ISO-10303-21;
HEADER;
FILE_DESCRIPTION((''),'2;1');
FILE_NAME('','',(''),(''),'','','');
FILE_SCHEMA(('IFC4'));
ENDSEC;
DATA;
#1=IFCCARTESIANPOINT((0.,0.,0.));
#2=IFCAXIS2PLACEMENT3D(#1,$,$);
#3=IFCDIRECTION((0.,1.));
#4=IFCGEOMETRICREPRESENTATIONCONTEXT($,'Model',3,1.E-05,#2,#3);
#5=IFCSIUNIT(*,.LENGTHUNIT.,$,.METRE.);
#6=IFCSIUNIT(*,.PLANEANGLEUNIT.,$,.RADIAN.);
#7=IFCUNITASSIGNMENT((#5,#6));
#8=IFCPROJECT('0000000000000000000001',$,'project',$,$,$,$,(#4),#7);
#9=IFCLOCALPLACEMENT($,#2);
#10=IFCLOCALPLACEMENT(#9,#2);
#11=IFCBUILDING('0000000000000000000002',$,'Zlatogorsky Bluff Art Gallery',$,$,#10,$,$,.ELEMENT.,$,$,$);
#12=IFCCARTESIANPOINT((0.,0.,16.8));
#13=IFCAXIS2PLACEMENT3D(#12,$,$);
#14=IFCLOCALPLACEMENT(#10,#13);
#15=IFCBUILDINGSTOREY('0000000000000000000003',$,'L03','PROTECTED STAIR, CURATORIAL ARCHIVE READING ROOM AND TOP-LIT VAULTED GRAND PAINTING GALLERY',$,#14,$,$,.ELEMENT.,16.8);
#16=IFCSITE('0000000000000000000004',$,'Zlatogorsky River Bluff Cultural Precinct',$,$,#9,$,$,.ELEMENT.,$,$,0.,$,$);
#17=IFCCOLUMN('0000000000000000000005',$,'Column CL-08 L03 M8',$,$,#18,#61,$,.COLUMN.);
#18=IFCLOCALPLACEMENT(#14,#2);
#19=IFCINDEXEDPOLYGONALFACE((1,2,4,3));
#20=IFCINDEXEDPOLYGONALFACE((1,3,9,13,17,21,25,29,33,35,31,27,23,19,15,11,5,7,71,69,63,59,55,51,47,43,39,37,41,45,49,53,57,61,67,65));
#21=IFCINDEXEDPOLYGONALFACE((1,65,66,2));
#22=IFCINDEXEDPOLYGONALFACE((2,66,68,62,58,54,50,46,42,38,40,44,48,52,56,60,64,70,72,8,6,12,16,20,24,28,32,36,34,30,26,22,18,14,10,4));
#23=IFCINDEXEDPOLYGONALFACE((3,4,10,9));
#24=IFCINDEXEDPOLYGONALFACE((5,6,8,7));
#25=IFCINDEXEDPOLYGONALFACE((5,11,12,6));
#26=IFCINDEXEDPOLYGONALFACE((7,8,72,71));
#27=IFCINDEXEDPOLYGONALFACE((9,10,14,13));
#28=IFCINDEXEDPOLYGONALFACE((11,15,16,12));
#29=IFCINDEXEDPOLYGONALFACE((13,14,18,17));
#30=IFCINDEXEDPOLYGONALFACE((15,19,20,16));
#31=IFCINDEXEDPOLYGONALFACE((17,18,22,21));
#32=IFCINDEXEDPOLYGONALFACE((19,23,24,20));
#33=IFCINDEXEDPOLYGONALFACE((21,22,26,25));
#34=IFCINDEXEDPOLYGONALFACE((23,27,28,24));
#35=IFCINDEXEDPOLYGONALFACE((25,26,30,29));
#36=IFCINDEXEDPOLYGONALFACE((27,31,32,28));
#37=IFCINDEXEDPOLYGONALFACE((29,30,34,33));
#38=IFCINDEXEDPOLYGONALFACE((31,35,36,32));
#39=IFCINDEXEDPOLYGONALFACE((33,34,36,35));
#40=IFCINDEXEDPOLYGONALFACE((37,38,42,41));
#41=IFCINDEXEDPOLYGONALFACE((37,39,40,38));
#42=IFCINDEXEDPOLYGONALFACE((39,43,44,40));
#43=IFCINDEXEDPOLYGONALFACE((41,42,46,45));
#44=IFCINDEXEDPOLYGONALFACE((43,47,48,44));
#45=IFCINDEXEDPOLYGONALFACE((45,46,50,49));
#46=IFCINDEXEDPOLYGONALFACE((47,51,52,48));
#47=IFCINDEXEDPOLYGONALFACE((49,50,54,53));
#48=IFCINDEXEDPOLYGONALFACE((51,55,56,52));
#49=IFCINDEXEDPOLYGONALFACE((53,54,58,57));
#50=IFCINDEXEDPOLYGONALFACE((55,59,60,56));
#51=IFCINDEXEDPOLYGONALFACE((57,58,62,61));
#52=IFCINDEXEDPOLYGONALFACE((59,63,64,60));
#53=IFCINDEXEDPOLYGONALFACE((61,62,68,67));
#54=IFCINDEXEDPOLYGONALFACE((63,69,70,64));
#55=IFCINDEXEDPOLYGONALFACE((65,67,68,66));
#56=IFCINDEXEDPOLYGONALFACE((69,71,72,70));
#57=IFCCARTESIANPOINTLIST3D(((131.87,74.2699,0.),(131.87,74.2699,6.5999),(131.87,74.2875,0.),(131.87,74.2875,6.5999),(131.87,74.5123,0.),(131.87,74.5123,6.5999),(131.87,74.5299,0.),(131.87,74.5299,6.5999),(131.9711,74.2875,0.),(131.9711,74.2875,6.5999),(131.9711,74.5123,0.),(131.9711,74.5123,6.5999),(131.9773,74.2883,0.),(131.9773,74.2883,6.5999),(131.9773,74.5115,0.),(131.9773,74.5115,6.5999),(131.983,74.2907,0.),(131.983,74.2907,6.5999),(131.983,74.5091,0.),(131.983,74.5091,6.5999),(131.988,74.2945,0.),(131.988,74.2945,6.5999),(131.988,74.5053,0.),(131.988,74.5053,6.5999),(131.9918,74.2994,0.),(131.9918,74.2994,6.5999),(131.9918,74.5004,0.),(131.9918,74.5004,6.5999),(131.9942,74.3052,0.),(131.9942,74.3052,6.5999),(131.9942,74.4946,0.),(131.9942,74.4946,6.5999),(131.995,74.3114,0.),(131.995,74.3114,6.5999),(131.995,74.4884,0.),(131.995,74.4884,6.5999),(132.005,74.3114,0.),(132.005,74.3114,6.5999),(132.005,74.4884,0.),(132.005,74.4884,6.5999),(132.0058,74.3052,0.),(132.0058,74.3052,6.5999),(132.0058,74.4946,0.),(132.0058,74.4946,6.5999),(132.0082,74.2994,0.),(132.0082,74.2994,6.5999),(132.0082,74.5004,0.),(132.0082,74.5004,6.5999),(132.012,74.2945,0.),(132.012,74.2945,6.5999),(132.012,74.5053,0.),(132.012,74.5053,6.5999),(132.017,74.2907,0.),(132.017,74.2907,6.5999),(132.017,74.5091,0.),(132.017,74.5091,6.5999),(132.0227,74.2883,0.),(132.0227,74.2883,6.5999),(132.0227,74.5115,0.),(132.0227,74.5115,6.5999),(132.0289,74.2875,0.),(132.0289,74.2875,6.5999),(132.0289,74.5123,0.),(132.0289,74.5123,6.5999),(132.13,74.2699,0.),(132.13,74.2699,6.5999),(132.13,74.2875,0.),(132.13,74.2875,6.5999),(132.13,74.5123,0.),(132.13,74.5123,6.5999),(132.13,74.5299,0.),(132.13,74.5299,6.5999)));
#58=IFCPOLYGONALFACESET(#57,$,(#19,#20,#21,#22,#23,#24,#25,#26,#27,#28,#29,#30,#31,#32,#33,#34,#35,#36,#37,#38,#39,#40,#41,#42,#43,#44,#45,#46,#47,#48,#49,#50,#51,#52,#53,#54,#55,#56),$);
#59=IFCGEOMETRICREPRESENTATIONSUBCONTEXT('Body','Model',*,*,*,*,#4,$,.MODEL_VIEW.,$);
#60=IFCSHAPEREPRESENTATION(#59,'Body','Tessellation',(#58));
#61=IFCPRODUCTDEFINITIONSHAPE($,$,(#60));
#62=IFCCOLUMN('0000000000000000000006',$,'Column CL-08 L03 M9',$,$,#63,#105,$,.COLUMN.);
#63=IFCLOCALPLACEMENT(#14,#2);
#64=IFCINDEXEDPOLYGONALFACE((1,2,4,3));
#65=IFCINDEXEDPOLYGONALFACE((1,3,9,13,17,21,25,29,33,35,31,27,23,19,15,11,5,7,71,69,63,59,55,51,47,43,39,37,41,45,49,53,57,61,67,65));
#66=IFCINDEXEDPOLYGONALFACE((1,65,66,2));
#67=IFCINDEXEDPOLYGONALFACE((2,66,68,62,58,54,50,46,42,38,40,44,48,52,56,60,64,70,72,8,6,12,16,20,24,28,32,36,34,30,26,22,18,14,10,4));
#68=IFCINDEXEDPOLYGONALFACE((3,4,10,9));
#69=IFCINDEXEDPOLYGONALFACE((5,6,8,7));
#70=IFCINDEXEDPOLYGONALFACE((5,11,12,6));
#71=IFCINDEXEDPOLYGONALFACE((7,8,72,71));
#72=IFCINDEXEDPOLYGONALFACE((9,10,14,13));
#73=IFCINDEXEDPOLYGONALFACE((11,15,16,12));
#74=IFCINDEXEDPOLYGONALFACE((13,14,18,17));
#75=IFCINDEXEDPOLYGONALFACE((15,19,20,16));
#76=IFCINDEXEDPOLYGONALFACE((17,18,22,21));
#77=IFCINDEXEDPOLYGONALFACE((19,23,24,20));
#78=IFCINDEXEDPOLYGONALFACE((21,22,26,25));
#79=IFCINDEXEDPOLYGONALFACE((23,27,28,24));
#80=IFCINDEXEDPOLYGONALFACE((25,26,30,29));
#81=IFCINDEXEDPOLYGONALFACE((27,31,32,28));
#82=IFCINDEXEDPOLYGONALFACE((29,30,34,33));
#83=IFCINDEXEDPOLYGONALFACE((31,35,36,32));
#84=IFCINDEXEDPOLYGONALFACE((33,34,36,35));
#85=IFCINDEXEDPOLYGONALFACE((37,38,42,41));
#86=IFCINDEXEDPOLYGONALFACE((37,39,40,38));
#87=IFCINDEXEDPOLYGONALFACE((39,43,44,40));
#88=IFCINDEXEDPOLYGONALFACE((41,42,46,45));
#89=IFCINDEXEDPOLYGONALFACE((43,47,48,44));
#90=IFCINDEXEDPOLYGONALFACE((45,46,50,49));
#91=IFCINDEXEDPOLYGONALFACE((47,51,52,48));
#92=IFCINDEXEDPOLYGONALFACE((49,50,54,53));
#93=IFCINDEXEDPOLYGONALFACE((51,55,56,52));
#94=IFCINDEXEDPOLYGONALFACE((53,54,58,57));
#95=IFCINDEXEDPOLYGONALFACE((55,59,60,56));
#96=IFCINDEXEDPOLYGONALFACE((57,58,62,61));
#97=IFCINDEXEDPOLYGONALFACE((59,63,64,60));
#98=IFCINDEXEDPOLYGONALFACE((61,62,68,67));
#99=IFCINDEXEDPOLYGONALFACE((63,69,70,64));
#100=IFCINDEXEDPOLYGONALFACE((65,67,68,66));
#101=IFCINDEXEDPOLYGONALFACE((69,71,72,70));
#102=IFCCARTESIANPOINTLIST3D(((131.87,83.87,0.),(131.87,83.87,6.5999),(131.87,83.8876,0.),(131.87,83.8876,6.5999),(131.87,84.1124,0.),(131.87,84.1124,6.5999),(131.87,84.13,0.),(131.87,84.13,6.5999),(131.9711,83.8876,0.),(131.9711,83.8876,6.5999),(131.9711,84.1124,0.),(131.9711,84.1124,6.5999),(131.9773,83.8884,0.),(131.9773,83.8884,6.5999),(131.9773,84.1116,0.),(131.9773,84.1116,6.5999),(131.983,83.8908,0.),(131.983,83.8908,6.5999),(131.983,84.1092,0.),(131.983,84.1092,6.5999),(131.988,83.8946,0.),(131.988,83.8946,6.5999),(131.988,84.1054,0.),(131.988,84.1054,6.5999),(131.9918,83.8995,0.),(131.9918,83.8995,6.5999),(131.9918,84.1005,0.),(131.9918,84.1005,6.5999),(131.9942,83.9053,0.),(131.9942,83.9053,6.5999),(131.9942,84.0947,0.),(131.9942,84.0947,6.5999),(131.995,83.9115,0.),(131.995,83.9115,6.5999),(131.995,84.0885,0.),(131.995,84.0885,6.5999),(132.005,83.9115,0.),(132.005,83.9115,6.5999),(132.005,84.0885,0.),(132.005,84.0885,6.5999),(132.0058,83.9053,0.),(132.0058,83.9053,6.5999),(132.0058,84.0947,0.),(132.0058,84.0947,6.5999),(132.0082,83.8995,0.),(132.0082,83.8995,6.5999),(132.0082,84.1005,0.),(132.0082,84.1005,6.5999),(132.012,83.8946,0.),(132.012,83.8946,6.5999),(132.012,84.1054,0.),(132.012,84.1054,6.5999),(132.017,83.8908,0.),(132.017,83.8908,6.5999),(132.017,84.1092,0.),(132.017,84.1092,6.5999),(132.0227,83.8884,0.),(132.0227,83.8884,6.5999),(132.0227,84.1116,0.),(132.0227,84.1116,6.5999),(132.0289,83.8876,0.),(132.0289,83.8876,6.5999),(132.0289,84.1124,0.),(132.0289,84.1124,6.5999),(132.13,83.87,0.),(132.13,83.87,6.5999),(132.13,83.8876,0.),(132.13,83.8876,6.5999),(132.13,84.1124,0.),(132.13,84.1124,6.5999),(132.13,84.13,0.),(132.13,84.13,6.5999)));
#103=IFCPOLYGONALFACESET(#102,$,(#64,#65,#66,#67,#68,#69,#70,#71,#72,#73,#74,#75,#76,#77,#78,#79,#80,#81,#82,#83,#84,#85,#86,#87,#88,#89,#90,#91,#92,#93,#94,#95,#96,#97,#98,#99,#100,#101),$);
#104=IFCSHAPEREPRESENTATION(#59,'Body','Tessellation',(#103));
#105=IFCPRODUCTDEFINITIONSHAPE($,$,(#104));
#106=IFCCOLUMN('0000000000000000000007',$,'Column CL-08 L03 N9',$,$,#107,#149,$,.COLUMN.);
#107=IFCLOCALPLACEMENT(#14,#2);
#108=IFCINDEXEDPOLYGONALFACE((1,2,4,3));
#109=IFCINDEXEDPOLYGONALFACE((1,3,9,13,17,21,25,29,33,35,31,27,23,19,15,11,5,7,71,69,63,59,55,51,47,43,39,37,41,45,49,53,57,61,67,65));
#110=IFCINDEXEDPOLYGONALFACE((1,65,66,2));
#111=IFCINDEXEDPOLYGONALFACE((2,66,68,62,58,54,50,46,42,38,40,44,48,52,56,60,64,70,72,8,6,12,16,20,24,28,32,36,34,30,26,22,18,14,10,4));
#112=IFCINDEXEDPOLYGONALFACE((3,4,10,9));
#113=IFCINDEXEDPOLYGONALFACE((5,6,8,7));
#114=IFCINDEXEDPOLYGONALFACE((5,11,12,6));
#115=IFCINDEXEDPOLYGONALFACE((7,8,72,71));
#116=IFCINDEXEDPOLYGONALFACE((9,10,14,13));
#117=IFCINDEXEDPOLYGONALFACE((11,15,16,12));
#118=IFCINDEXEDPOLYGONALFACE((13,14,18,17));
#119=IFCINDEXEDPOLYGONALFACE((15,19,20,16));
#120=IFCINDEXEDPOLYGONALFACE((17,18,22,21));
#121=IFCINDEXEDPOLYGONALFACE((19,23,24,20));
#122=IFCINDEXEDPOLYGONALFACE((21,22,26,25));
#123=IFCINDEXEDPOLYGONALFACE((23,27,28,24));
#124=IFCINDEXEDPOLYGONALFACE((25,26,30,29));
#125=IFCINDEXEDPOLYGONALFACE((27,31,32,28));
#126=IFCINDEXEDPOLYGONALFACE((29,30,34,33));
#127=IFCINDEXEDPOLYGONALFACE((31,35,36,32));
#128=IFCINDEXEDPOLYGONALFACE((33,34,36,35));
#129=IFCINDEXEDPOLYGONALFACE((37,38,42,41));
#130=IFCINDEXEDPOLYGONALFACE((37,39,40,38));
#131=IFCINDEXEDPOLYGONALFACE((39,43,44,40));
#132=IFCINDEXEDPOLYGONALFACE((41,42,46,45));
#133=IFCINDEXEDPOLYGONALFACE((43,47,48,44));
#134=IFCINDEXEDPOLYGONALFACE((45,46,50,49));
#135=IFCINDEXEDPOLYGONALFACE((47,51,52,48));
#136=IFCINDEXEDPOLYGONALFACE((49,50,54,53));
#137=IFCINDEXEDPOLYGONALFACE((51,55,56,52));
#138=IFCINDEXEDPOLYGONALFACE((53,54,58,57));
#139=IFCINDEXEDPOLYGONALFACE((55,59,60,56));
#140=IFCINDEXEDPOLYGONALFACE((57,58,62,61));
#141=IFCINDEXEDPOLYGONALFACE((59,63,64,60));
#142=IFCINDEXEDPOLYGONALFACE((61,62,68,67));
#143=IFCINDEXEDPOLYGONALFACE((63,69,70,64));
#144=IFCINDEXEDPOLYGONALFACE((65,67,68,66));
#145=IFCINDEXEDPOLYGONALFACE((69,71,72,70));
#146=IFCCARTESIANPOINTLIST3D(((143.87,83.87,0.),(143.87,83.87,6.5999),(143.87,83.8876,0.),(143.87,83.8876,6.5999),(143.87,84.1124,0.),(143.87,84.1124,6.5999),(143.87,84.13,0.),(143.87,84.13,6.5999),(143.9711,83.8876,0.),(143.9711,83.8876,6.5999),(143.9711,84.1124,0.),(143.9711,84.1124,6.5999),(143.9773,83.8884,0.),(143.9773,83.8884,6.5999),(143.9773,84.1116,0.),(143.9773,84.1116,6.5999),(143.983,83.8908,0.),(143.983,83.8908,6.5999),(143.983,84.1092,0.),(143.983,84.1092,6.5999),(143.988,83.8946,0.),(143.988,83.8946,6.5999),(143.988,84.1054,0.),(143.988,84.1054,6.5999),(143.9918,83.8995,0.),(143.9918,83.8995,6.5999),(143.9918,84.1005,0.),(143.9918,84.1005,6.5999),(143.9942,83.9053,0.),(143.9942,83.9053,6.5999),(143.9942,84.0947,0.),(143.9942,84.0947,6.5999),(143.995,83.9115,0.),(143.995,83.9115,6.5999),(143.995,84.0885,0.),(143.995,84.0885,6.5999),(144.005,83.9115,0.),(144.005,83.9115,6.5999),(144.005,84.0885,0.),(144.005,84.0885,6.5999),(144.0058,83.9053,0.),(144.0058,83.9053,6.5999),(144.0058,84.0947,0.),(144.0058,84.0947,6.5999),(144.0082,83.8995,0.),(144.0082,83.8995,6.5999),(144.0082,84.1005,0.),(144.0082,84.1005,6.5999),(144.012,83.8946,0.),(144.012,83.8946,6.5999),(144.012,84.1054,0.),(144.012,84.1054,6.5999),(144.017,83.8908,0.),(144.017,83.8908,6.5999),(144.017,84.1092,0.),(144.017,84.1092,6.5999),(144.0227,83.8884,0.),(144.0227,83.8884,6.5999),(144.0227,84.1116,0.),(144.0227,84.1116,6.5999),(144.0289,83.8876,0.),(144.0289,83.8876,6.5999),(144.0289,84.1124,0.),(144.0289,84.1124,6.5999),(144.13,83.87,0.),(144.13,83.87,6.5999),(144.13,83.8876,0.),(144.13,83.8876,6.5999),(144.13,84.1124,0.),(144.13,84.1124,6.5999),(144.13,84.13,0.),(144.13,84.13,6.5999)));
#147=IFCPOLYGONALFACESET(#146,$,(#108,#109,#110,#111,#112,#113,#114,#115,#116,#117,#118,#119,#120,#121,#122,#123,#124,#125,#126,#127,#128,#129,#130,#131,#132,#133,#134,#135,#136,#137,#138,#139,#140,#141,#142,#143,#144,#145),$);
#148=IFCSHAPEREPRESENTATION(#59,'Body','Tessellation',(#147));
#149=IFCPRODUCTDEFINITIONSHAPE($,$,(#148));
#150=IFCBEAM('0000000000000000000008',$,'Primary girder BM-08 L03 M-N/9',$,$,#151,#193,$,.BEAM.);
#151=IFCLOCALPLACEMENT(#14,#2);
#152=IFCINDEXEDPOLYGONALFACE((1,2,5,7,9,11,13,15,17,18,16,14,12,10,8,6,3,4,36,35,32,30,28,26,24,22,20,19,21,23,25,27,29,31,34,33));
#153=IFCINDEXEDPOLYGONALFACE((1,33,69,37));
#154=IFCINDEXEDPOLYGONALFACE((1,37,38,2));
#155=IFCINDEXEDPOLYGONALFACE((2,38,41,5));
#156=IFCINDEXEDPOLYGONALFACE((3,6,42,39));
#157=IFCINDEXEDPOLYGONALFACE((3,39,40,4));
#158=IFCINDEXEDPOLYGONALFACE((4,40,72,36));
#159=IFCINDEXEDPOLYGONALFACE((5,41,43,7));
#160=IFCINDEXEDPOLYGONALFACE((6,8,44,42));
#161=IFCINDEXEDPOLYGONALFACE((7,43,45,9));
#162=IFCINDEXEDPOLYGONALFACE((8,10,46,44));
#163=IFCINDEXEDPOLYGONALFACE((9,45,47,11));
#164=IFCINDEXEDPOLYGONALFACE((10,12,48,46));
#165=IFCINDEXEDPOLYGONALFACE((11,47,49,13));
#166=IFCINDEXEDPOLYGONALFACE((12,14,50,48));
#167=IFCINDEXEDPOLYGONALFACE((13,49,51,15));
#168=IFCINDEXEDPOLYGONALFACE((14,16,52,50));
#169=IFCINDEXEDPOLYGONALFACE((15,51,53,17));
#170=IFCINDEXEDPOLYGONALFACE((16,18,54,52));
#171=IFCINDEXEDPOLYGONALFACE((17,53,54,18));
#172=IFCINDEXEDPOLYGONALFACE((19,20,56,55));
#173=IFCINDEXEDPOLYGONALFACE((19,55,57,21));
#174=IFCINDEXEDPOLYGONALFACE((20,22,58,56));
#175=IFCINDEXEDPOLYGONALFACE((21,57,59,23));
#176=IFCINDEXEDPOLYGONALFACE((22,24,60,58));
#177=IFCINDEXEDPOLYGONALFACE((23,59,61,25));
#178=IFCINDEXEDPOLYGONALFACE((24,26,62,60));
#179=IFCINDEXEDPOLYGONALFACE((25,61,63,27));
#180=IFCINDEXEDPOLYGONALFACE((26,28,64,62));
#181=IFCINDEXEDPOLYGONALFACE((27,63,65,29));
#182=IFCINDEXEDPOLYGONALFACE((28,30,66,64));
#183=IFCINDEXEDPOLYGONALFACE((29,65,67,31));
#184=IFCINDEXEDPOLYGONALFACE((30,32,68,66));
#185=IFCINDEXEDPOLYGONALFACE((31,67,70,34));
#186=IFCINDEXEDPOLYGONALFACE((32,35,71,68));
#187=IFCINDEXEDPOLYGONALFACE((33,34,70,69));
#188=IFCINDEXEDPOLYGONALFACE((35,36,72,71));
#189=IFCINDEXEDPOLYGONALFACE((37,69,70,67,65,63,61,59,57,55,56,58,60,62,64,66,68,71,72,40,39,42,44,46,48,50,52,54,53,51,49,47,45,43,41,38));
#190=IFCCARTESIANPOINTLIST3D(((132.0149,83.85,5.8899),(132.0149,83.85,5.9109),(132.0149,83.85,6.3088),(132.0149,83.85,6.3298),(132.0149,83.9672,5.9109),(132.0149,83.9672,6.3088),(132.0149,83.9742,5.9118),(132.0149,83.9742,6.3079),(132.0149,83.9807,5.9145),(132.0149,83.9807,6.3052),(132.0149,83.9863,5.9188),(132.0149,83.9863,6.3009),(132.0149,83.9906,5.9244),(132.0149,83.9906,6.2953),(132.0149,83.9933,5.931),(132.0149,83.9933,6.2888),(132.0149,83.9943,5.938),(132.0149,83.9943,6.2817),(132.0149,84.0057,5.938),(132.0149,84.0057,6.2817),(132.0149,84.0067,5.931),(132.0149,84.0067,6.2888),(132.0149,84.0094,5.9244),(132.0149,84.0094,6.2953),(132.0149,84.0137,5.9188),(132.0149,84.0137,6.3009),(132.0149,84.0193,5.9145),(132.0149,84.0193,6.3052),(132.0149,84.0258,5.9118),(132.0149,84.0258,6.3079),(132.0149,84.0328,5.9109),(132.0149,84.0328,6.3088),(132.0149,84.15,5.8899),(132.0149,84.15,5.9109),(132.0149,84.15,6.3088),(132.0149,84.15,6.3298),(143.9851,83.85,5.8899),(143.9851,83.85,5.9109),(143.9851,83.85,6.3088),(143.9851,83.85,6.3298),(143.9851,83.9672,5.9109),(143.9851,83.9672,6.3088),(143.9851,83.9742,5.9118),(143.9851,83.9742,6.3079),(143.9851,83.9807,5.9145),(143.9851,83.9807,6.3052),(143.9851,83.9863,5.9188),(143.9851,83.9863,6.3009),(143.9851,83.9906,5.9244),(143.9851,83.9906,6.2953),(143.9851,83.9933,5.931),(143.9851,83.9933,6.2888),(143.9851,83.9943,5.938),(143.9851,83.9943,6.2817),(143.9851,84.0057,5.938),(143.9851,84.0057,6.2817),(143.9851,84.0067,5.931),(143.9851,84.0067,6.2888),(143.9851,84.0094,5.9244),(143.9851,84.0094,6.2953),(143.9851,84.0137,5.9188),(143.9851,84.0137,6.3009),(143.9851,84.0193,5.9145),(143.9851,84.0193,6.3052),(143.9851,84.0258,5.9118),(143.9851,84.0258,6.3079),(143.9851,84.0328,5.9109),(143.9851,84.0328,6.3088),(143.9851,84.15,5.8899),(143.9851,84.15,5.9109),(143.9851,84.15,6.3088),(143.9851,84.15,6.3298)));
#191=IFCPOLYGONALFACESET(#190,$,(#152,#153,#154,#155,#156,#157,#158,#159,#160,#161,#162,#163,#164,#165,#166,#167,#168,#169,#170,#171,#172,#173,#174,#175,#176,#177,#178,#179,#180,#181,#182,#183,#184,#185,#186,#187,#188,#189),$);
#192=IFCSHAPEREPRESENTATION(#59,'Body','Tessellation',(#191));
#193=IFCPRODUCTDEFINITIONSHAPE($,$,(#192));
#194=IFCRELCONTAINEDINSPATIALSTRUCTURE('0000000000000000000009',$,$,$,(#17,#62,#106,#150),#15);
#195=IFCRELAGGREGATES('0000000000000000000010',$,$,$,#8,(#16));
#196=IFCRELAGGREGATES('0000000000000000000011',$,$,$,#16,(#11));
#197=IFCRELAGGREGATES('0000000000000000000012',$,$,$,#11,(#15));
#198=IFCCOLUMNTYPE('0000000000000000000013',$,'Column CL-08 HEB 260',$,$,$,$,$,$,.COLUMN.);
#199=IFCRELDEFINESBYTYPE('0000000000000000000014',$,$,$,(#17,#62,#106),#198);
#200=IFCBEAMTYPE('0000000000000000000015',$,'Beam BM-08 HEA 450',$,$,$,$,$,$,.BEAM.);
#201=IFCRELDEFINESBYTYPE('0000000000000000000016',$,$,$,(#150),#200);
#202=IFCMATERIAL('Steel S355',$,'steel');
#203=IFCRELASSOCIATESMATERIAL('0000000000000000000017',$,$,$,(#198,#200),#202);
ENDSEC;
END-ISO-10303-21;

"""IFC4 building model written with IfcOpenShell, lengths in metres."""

from ifc_helpers import new_model, si_unit, direction, frame, origin, origin_2d, place, context, subcontext, project, spatial, i_section, extrude, material, material_profile, profile_set, type_object, element, save


model = new_model("IFC4")

# Units and contexts
model_context = context("Model", 3, precision=1e-05, world=origin(), true_north=direction((0.0, 1.0)))
body_context = subcontext(model_context, "Body", "Model", "MODEL_VIEW")
ifc_project = project(units=[si_unit("LENGTHUNIT", "METRE"), si_unit("PLANEANGLEUNIT", "RADIAN")], contexts=[model_context])

# Site, building, storey
site_placement = place(None, origin())
site = spatial("IfcSite", under=ifc_project, at=site_placement, Name="Zlatogorsky River Bluff Cultural Precinct", CompositionType="ELEMENT", RefElevation=0.0)
building_placement = place(site_placement, origin())
building = spatial("IfcBuilding", under=site, at=building_placement, Name="Zlatogorsky Bluff Art Gallery", CompositionType="ELEMENT")
storey_placement = place(building_placement, frame((0.0, 0.0, 16.8)))
storey = spatial("IfcBuildingStorey", under=building, at=storey_placement, Name="L03", Description="PROTECTED STAIR, CURATORIAL ARCHIVE READING ROOM AND TOP-LIT VAULTED GRAND PAINTING GALLERY", CompositionType="ELEMENT", Elevation=16.8)

# Columns
ifc_material_1 = material(Name="Steel S355", Category="steel")
ifc_material_profile_1 = material_profile(ifc_material_1, i_section(OverallWidth=0.26, OverallDepth=0.26, WebThickness=0.01, FlangeThickness=0.0176, FilletRadius=0.0239, at=origin_2d()), Name="HEB 260")
ifc_profile_set_1 = profile_set([ifc_material_profile_1], Name="Steel S355")
column_type = type_object("IfcColumnType", Name="Column CL-08 HEB 260", PredefinedType="COLUMN", material=ifc_profile_set_1)
for number, where, z_axis, x_axis, name in (
    (1, (132.0, 74.3999, 0.0), (0.0, 0.0, 1.0), (1.0, 0.0, 0.0), "Column CL-08 L03 M8"),
    (2, (132.0, 84.0, 0.0), (0.0, 0.0, 1.0), (1.0, 0.0, 0.0), "Column CL-08 L03 M9"),
    (3, (144.0, 84.0, 0.0), (0.0, 0.0, 1.0), (1.0, 0.0, 0.0), "Column CL-08 L03 N9"),
):
    element("IfcColumn", number, at=place(storey_placement, frame(where, z_axis=z_axis, x_axis=x_axis)), inside=storey, type_object=column_type, Name=name, PredefinedType="COLUMN", context=body_context, shape_type="SweptSolid", body=[
        extrude(i_section(OverallWidth=0.26, OverallDepth=0.26, WebThickness=0.01, FlangeThickness=0.0176, FilletRadius=0.0239, at=origin_2d()), origin(), (0.0, 0.0, 1.0), 6.5999),
    ])

# Beam
ifc_material_profile_2 = material_profile(ifc_material_1, i_section(OverallWidth=0.3, OverallDepth=0.4399, WebThickness=0.0115, FlangeThickness=0.021, FilletRadius=0.0271, at=origin_2d()), Name="HEA 450")
ifc_profile_set_2 = profile_set([ifc_material_profile_2], Name="Steel S355")
beam_type_1 = type_object("IfcBeamType", Name="Beam BM-08 HEA 450", PredefinedType="BEAM", material=ifc_profile_set_2)
for number, where, z_axis, x_axis, name in (
    (4, (132.0149, 84.0, 6.1099), (1.0, 0.0, 0.0), (0.0, 1.0, 0.0), "Primary girder BM-08 L03 M-N/9"),
):
    element("IfcBeam", number, at=place(storey_placement, frame(where, z_axis=z_axis, x_axis=x_axis)), inside=storey, type_object=beam_type_1, Name=name, PredefinedType="BEAM", context=body_context, shape_type="SweptSolid", body=[
        extrude(i_section(OverallWidth=0.3, OverallDepth=0.4399, WebThickness=0.0115, FlangeThickness=0.021, FilletRadius=0.0271, at=origin_2d()), origin(), (0.0, 0.0, 1.0), 11.9702),
    ])

save(model, "model.ifc")
